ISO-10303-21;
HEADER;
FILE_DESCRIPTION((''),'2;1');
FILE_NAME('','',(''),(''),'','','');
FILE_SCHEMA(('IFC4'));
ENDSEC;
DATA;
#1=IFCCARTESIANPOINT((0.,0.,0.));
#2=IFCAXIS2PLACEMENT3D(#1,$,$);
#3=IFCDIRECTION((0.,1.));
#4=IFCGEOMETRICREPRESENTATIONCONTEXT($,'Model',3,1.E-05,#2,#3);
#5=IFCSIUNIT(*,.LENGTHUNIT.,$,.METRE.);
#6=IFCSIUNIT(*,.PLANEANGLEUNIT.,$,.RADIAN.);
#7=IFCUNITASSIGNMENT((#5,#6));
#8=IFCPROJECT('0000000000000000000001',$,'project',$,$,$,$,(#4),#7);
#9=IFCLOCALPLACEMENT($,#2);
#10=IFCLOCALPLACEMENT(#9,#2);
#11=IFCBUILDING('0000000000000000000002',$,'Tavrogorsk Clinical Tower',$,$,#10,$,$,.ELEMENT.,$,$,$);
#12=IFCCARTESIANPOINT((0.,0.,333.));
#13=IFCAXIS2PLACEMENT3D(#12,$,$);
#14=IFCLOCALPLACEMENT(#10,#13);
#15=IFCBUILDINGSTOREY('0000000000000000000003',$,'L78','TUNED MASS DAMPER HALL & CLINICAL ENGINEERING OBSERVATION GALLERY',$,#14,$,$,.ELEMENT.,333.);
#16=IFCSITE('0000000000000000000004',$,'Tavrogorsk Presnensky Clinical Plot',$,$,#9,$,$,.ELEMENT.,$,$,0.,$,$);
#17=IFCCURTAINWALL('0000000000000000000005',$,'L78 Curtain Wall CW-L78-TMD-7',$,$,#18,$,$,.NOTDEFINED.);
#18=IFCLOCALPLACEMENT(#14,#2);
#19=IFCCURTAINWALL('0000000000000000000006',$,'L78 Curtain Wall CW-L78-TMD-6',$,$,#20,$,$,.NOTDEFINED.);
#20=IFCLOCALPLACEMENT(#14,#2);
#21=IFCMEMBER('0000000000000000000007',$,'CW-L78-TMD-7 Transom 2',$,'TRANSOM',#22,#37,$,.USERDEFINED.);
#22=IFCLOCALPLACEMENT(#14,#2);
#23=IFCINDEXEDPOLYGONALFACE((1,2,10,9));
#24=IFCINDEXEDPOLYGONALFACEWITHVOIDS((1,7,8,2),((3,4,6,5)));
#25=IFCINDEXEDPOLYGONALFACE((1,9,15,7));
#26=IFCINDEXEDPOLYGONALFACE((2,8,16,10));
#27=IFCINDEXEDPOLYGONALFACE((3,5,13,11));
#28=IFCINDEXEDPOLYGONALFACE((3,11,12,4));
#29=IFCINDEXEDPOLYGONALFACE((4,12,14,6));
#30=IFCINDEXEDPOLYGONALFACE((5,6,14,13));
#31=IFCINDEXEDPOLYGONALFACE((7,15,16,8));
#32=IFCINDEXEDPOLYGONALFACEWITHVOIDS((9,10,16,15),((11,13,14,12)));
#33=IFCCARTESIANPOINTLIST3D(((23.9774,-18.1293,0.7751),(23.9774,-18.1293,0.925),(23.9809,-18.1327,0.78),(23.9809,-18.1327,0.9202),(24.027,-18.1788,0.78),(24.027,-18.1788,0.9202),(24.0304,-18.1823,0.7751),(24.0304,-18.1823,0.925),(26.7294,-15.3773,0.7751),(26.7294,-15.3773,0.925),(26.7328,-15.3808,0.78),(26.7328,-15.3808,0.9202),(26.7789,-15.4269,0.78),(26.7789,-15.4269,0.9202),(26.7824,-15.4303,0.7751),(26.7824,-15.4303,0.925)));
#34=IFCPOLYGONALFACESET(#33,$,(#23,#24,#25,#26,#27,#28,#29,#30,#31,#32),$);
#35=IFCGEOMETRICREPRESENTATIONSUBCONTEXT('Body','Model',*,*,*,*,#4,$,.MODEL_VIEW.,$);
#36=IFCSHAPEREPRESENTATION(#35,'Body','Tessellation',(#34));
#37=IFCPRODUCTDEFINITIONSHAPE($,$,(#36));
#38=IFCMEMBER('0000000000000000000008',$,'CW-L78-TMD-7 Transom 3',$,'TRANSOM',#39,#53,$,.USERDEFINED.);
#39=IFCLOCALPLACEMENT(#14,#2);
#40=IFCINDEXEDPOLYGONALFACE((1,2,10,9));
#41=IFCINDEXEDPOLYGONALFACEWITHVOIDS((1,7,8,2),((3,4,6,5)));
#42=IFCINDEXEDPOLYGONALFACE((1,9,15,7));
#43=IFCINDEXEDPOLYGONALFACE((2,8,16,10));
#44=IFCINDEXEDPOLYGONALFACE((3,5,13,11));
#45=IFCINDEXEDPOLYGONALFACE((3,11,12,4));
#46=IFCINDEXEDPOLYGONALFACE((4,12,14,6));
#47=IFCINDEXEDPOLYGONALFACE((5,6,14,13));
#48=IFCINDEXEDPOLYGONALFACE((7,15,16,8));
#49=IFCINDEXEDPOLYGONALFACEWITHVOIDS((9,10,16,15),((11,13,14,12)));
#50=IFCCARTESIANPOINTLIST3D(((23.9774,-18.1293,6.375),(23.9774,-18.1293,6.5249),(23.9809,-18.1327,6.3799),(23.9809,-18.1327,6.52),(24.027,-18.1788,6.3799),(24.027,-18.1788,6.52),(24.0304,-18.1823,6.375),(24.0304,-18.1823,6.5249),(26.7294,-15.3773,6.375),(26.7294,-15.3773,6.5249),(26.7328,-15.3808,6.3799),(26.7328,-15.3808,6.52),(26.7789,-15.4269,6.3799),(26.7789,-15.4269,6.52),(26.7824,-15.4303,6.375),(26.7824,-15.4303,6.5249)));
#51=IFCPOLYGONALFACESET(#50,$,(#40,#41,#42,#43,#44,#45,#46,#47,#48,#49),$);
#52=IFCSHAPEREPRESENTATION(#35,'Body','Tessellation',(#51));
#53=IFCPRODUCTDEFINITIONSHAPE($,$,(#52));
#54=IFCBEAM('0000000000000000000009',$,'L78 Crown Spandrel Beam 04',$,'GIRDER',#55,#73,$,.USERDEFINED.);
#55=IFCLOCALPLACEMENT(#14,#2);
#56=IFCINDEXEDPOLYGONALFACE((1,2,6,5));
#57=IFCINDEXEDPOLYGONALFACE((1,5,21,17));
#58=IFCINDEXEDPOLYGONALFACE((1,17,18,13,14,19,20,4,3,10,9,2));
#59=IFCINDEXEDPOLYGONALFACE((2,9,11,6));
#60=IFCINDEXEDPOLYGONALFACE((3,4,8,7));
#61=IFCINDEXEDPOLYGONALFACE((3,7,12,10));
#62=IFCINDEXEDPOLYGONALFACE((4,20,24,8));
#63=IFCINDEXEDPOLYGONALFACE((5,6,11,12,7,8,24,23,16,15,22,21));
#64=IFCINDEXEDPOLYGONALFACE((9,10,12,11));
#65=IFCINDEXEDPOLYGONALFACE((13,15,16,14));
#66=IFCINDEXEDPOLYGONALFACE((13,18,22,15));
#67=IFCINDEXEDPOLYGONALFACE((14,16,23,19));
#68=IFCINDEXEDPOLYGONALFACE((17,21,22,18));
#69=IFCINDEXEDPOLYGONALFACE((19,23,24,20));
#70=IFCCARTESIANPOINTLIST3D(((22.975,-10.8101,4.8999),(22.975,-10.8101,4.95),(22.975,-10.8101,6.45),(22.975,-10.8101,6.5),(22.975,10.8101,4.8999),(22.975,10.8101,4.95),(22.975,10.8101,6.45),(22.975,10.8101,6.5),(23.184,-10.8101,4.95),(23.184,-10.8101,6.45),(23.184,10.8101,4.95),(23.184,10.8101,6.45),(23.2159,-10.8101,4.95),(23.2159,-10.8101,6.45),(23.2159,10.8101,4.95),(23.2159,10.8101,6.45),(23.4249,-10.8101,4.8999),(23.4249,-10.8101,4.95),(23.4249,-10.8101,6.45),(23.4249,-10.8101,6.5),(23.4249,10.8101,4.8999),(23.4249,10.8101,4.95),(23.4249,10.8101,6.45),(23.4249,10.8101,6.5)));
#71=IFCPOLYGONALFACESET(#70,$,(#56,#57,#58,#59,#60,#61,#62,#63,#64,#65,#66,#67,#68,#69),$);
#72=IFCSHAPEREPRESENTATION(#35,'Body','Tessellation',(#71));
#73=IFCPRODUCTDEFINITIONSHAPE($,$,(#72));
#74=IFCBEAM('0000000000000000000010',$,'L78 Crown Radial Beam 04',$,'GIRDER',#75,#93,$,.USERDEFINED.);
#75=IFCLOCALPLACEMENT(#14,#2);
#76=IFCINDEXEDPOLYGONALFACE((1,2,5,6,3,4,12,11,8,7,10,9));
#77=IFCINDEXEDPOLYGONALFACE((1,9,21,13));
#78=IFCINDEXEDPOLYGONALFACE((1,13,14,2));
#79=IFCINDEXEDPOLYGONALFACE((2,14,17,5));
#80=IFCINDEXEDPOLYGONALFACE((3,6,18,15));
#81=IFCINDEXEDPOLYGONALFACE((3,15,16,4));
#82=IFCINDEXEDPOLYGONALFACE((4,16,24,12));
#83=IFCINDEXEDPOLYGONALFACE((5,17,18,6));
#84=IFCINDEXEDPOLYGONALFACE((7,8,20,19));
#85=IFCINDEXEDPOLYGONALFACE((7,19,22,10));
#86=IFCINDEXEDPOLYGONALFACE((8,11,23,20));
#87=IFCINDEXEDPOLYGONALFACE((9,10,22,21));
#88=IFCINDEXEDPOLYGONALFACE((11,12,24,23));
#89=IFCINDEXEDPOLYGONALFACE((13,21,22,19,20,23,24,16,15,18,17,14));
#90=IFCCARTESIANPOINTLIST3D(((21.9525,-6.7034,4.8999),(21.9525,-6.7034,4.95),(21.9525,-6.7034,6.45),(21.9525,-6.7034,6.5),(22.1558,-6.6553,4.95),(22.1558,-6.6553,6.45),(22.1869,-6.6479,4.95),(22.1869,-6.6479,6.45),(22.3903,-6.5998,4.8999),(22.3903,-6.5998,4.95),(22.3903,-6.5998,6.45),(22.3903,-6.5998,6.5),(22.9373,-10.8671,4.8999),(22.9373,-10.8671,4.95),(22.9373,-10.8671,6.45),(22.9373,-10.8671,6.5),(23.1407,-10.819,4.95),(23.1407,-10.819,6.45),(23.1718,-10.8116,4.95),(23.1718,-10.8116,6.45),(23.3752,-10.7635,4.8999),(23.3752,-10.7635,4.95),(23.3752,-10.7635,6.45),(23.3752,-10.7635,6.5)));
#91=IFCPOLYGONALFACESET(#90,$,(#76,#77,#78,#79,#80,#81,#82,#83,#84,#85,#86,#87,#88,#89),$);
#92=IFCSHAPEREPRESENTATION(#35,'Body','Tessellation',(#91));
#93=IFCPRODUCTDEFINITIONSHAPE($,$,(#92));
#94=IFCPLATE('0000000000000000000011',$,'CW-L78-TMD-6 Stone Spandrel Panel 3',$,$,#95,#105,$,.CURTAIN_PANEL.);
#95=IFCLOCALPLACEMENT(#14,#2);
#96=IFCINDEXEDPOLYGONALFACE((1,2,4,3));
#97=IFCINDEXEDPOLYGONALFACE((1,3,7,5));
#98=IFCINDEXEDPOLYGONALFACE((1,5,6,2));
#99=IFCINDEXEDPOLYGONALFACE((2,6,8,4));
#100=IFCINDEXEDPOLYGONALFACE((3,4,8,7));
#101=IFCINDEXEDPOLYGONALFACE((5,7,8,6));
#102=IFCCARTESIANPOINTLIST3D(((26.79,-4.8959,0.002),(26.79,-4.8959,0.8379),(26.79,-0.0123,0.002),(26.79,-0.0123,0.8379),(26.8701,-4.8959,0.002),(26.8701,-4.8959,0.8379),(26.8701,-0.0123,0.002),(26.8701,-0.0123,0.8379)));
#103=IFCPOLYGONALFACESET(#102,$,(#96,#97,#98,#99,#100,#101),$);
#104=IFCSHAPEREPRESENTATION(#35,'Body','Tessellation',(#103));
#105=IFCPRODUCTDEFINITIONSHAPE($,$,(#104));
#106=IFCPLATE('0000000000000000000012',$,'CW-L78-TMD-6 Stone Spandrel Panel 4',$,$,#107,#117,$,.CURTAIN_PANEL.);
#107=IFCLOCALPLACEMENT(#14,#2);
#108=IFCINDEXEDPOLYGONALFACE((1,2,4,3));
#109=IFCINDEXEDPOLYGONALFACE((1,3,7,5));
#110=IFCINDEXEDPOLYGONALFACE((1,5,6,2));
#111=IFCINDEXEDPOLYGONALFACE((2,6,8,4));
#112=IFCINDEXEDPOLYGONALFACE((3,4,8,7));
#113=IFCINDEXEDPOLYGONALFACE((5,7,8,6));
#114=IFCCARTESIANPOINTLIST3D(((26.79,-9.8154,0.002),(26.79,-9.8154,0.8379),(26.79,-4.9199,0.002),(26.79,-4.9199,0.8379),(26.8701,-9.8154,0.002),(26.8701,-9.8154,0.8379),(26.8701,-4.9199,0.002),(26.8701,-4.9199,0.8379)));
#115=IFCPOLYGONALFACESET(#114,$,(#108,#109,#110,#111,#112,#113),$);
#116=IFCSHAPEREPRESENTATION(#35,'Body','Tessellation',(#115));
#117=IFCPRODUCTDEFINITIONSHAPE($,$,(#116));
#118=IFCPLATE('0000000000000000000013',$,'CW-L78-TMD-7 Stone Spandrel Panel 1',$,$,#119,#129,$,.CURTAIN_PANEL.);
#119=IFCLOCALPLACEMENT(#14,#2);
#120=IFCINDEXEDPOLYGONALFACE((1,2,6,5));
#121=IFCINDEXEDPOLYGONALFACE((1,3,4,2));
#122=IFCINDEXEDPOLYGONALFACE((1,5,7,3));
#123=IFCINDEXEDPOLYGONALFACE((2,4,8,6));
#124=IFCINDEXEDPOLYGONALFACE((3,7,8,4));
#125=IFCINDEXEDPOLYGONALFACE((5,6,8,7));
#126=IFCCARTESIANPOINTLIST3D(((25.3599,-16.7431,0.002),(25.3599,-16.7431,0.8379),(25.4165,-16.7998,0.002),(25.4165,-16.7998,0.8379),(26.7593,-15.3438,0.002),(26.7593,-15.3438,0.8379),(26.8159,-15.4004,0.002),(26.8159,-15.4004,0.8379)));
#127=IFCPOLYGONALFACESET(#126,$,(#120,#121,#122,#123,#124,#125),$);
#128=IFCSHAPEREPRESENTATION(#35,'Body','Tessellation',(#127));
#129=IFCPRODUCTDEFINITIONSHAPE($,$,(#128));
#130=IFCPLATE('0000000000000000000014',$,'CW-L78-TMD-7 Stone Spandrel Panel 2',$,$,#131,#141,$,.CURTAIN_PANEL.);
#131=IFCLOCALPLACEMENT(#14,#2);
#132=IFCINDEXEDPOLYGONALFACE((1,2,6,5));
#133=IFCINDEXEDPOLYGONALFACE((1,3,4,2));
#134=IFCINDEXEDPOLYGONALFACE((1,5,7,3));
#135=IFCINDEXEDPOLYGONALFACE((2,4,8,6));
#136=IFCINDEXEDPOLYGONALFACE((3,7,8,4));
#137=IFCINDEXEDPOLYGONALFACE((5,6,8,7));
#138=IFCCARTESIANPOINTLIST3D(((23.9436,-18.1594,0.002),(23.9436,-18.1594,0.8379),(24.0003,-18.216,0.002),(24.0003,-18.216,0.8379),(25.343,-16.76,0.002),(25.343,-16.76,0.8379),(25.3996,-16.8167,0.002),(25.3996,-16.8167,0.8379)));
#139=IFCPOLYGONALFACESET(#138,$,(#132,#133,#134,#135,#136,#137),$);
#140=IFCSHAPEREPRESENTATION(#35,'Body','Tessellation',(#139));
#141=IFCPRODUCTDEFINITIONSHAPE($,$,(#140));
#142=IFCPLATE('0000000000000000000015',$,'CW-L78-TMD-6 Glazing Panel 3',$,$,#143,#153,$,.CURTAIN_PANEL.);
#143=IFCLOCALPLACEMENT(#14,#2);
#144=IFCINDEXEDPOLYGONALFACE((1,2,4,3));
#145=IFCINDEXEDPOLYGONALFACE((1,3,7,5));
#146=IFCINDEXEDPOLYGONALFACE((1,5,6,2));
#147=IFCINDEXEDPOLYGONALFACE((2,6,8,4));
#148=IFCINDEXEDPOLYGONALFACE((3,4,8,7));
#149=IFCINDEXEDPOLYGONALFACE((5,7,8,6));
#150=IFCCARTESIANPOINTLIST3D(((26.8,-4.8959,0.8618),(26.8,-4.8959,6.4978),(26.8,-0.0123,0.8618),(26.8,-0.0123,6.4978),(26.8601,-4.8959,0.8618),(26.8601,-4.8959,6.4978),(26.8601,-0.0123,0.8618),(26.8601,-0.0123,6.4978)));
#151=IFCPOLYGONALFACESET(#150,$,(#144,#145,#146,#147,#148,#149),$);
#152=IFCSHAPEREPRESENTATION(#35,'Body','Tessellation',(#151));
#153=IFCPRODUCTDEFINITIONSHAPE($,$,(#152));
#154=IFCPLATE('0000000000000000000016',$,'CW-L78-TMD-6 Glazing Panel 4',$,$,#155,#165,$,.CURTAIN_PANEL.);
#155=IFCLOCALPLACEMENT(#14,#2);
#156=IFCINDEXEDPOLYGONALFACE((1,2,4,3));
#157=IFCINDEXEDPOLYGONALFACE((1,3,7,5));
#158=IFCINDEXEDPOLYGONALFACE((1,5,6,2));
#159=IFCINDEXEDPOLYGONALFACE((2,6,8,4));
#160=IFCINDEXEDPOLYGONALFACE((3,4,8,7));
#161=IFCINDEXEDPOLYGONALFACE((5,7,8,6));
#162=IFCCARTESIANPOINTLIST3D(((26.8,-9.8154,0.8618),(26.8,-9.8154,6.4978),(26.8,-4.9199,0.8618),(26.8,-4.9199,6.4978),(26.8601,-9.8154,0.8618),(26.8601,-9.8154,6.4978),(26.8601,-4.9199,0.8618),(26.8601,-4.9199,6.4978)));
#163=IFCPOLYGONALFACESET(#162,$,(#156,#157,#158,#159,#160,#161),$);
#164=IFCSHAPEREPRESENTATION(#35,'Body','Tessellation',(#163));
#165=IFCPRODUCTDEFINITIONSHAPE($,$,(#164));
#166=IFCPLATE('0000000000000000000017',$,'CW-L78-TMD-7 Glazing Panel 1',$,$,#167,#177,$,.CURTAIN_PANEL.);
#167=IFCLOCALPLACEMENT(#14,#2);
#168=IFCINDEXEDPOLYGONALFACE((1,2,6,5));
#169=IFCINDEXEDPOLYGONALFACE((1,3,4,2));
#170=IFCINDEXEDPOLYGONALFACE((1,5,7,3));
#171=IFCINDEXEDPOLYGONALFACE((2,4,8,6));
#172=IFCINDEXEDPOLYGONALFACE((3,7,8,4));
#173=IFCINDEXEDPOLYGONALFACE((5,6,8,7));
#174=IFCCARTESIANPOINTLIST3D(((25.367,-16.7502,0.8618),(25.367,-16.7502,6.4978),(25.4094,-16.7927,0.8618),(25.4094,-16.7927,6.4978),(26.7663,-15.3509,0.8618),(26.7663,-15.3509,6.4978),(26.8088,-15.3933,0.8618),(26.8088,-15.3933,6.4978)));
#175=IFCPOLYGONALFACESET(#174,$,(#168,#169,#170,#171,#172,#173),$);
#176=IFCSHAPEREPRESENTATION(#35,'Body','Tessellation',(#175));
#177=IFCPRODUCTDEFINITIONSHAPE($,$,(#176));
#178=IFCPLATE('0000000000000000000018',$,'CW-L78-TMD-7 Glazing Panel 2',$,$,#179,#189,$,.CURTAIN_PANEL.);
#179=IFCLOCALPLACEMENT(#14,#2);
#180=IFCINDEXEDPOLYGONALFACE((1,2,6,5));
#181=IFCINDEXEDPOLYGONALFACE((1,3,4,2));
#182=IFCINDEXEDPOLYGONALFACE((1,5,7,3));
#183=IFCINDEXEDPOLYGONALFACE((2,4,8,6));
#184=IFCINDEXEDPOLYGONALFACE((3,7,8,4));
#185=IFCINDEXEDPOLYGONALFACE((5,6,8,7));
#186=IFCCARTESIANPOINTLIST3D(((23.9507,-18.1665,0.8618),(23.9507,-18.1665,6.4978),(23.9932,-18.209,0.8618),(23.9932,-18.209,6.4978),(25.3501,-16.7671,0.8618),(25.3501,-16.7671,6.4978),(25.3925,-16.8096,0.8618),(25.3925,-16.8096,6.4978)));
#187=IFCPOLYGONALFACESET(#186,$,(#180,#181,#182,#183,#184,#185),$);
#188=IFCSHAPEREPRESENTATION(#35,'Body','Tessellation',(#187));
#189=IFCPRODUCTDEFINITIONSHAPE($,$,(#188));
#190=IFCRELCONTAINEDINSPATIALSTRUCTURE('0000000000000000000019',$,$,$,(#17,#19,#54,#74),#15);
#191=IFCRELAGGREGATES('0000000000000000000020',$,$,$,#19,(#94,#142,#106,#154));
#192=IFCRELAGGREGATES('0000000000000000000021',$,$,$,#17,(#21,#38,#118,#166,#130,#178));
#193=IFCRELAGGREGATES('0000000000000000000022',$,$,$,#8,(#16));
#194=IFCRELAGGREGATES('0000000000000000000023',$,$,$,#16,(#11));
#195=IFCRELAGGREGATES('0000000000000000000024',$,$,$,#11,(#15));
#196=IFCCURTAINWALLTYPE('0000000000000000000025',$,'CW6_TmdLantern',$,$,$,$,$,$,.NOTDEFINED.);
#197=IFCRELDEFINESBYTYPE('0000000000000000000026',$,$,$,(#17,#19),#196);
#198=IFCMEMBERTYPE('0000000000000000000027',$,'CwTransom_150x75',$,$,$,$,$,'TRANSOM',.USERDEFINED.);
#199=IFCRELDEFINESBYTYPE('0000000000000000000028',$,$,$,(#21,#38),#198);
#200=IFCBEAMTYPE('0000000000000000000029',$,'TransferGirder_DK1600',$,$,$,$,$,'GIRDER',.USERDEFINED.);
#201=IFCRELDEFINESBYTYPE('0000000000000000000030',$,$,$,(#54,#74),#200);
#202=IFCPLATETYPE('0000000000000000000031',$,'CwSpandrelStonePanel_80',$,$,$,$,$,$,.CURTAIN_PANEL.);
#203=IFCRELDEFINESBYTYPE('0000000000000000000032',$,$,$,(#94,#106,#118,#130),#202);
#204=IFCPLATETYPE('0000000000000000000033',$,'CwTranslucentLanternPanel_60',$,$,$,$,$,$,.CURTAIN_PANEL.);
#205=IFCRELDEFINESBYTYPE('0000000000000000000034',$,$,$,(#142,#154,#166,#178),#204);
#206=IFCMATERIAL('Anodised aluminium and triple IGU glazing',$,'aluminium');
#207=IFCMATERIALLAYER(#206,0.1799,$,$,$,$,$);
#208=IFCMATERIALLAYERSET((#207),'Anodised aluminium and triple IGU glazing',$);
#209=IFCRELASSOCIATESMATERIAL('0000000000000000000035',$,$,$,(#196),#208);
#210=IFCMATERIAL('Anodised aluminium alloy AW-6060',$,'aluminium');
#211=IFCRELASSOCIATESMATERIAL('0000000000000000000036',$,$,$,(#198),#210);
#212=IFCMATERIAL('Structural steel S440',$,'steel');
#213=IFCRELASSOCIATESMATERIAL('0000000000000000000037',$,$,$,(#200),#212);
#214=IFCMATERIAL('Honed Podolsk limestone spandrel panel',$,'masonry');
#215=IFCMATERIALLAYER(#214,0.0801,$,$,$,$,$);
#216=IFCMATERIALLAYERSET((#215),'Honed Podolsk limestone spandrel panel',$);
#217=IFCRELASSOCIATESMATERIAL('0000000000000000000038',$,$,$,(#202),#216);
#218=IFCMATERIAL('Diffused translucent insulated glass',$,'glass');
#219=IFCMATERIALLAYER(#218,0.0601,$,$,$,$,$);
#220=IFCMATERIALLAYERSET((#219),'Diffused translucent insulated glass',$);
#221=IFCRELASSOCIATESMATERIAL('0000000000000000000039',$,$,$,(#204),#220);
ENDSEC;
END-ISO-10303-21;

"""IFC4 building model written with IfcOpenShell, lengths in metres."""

from ifc_helpers import new_model, si_unit, direction, frame, origin, origin_2d, place, context, subcontext, project, spatial, rectangle, hollow_rectangle, i_section, extrude, material, layer, layer_set, material_profile, profile_set, type_object, element, aggregate, save


model = new_model("IFC4")

# Units and contexts
model_context = context("Model", 3, precision=1e-05, world=origin(), true_north=direction((0.0, 1.0)))
body_context = subcontext(model_context, "Body", "Model", "MODEL_VIEW")
ifc_project = project(units=[si_unit("LENGTHUNIT", "METRE"), si_unit("PLANEANGLEUNIT", "RADIAN")], contexts=[model_context])

# Site, building, storey
site_placement = place(None, origin())
site = spatial("IfcSite", under=ifc_project, at=site_placement, Name="Tavrogorsk Presnensky Clinical Plot", CompositionType="ELEMENT", RefElevation=0.0)
building_placement = place(site_placement, origin())
building = spatial("IfcBuilding", under=site, at=building_placement, Name="Tavrogorsk Clinical Tower", CompositionType="ELEMENT")
storey_placement = place(building_placement, frame((0.0, 0.0, 333.0)))
storey = spatial("IfcBuildingStorey", under=building, at=storey_placement, Name="L78", Description="TUNED MASS DAMPER HALL & CLINICAL ENGINEERING OBSERVATION GALLERY", CompositionType="ELEMENT", Elevation=333.0)

# Curtain walls
ifc_material_1 = material(Name="Anodised aluminium and triple IGU glazing", Category="aluminium")
ifc_layer_1 = layer(ifc_material_1, 0.1799)
ifc_layer_set_1 = layer_set([ifc_layer_1], Name="Anodised aluminium and triple IGU glazing")
curtain_wall_type = type_object("IfcCurtainWallType", Name="CW6_TmdLantern", PredefinedType="NOTDEFINED", material=ifc_layer_set_1)
curtain_wall_1_placement = place(storey_placement, origin())
curtain_wall_1 = element("IfcCurtainWall", 1, at=curtain_wall_1_placement, inside=storey, type_object=curtain_wall_type, Name="L78 Curtain Wall CW-L78-TMD-7", PredefinedType="NOTDEFINED")
curtain_wall_2_placement = place(storey_placement, origin())
curtain_wall_2 = element("IfcCurtainWall", 2, at=curtain_wall_2_placement, inside=storey, type_object=curtain_wall_type, Name="L78 Curtain Wall CW-L78-TMD-6", PredefinedType="NOTDEFINED")

# Members
ifc_material_2 = material(Name="Anodised aluminium alloy AW-6060", Category="aluminium")
ifc_material_profile_1 = material_profile(ifc_material_2, hollow_rectangle(XDim=0.075, YDim=0.1499, WallThickness=0.0049, at=origin_2d()), Name="RHS-150x75x5")
ifc_profile_set_1 = profile_set([ifc_material_profile_1], Name="Anodised aluminium alloy AW-6060")
member_type_1 = type_object("IfcMemberType", Name="CwTransom_150x75", ElementType="TRANSOM", PredefinedType="USERDEFINED", material=ifc_profile_set_1)
member_1_placement = place(storey_placement, frame((26.7559, -15.4038, 0.8501), z_axis=(-0.707107, -0.707107, 0.0), x_axis=(0.707107, -0.707107, 0.0)))
member_1 = element("IfcMember", 3, at=member_1_placement, type_object=member_type_1, Name="CW-L78-TMD-7 Transom 2", ObjectType="TRANSOM", PredefinedType="USERDEFINED", context=body_context, shape_type="SweptSolid", body=[
    extrude(hollow_rectangle(XDim=0.075, YDim=0.1499, WallThickness=0.0049, at=origin_2d()), origin(), (0.0, 0.0, 1.0), 3.8918),
])
member_2_placement = place(storey_placement, frame((26.7559, -15.4038, 6.45), z_axis=(-0.707107, -0.707107, 0.0), x_axis=(0.707107, -0.707107, 0.0)))
member_2 = element("IfcMember", 4, at=member_2_placement, type_object=member_type_1, Name="CW-L78-TMD-7 Transom 3", ObjectType="TRANSOM", PredefinedType="USERDEFINED", context=body_context, shape_type="SweptSolid", body=[
    extrude(hollow_rectangle(XDim=0.075, YDim=0.1499, WallThickness=0.0049, at=origin_2d()), origin(), (0.0, 0.0, 1.0), 3.8918),
])

# Beams
ifc_material_3 = material(Name="Structural steel S440", Category="steel")
ifc_material_profile_2 = material_profile(ifc_material_3, i_section(OverallWidth=0.45, OverallDepth=1.6001, WebThickness=0.032, FlangeThickness=0.05, at=origin_2d()), Name="DK-1600x450x32x50")
ifc_profile_set_2 = profile_set([ifc_material_profile_2], Name="Structural steel S440")
beam_type = type_object("IfcBeamType", Name="TransferGirder_DK1600", ElementType="GIRDER", PredefinedType="USERDEFINED", material=ifc_profile_set_2)
beam_1_placement = place(storey_placement, frame((23.2, -10.8101, 5.7), z_axis=(0.0, 1.0, 0.0), x_axis=(-1.0, 0.0, 0.0)))
element("IfcBeam", 5, at=beam_1_placement, inside=storey, type_object=beam_type, Name="L78 Crown Spandrel Beam 04", ObjectType="GIRDER", PredefinedType="USERDEFINED", context=body_context, shape_type="SweptSolid", body=[
    extrude(i_section(OverallWidth=0.45, OverallDepth=1.6001, WebThickness=0.032, FlangeThickness=0.05, at=origin_2d()), origin(), (0.0, 0.0, 1.0), 21.6201),
])
beam_2_placement = place(storey_placement, frame((22.1714, -6.6516, 5.7), z_axis=(0.230191, -0.973146, 0.0), x_axis=(0.973146, 0.230191, 0.0)))
element("IfcBeam", 6, at=beam_2_placement, inside=storey, type_object=beam_type, Name="L78 Crown Radial Beam 04", ObjectType="GIRDER", PredefinedType="USERDEFINED", context=body_context, shape_type="SweptSolid", body=[
    extrude(i_section(OverallWidth=0.45, OverallDepth=1.6001, WebThickness=0.032, FlangeThickness=0.05, at=origin_2d()), origin(), (0.0, 0.0, 1.0), 4.2786),
])

# Plates
ifc_material_4 = material(Name="Honed Podolsk limestone spandrel panel", Category="masonry")
ifc_layer_2 = layer(ifc_material_4, 0.0801)
ifc_layer_set_2 = layer_set([ifc_layer_2], Name="Honed Podolsk limestone spandrel panel")
plate_type_1 = type_object("IfcPlateType", Name="CwSpandrelStonePanel_80", PredefinedType="CURTAIN_PANEL", material=ifc_layer_set_2)
plate_1_placement = place(storey_placement, frame((26.8301, -2.4541, 0.002), z_axis=(0.0, 0.0, 1.0), x_axis=(0.0, -1.0, 0.0)))
plate_1 = element("IfcPlate", 7, at=plate_1_placement, type_object=plate_type_1, Name="CW-L78-TMD-6 Stone Spandrel Panel 3", PredefinedType="CURTAIN_PANEL", context=body_context, shape_type="SweptSolid", body=[
    extrude(rectangle(XDim=4.8835, YDim=0.0801, at=origin_2d()), origin(), (0.0, 0.0, 1.0), 0.8359),
])
plate_2_placement = place(storey_placement, frame((26.8301, -7.3677, 0.002), z_axis=(0.0, 0.0, 1.0), x_axis=(0.0, -1.0, 0.0)))
plate_2 = element("IfcPlate", 8, at=plate_2_placement, type_object=plate_type_1, Name="CW-L78-TMD-6 Stone Spandrel Panel 4", PredefinedType="CURTAIN_PANEL", context=body_context, shape_type="SweptSolid", body=[
    extrude(rectangle(XDim=4.8955, YDim=0.0801, at=origin_2d()), origin(), (0.0, 0.0, 1.0), 0.8359),
])
plate_3_placement = place(storey_placement, frame((26.0879, -16.0718, 0.002), z_axis=(0.0, 0.0, 1.0), x_axis=(-0.707107, -0.707107, 0.0)))
plate_3 = element("IfcPlate", 9, at=plate_3_placement, type_object=plate_type_1, Name="CW-L78-TMD-7 Stone Spandrel Panel 1", PredefinedType="CURTAIN_PANEL", context=body_context, shape_type="SweptSolid", body=[
    extrude(rectangle(XDim=1.979, YDim=0.0801, at=origin_2d()), origin(), (0.0, 0.0, 1.0), 0.8359),
])
plate_4_placement = place(storey_placement, frame((24.6716, -17.488, 0.002), z_axis=(0.0, 0.0, 1.0), x_axis=(-0.707107, -0.707107, 0.0)))
plate_4 = element("IfcPlate", 10, at=plate_4_placement, type_object=plate_type_1, Name="CW-L78-TMD-7 Stone Spandrel Panel 2", PredefinedType="CURTAIN_PANEL", context=body_context, shape_type="SweptSolid", body=[
    extrude(rectangle(XDim=1.979, YDim=0.0801, at=origin_2d()), origin(), (0.0, 0.0, 1.0), 0.8359),
])
ifc_material_5 = material(Name="Diffused translucent insulated glass", Category="glass")
ifc_layer_3 = layer(ifc_material_5, 0.0601)
ifc_layer_set_3 = layer_set([ifc_layer_3], Name="Diffused translucent insulated glass")
plate_type_2 = type_object("IfcPlateType", Name="CwTranslucentLanternPanel_60", PredefinedType="CURTAIN_PANEL", material=ifc_layer_set_3)
plate_5_placement = place(storey_placement, frame((26.8301, -2.4541, 0.8618), z_axis=(0.0, 0.0, 1.0), x_axis=(0.0, -1.0, 0.0)))
plate_5 = element("IfcPlate", 11, at=plate_5_placement, type_object=plate_type_2, Name="CW-L78-TMD-6 Glazing Panel 3", PredefinedType="CURTAIN_PANEL", context=body_context, shape_type="SweptSolid", body=[
    extrude(rectangle(XDim=4.8835, YDim=0.0601, at=origin_2d()), origin(), (0.0, 0.0, 1.0), 5.636),
])
plate_6_placement = place(storey_placement, frame((26.8301, -7.3677, 0.8618), z_axis=(0.0, 0.0, 1.0), x_axis=(0.0, -1.0, 0.0)))
plate_6 = element("IfcPlate", 12, at=plate_6_placement, type_object=plate_type_2, Name="CW-L78-TMD-6 Glazing Panel 4", PredefinedType="CURTAIN_PANEL", context=body_context, shape_type="SweptSolid", body=[
    extrude(rectangle(XDim=4.8955, YDim=0.0601, at=origin_2d()), origin(), (0.0, 0.0, 1.0), 5.636),
])
aggregate(curtain_wall_2, [plate_1, plate_5, plate_2, plate_6])
plate_7_placement = place(storey_placement, frame((26.0879, -16.0718, 0.8618), z_axis=(0.0, 0.0, 1.0), x_axis=(-0.707107, -0.707107, 0.0)))
plate_7 = element("IfcPlate", 13, at=plate_7_placement, type_object=plate_type_2, Name="CW-L78-TMD-7 Glazing Panel 1", PredefinedType="CURTAIN_PANEL", context=body_context, shape_type="SweptSolid", body=[
    extrude(rectangle(XDim=1.979, YDim=0.0601, at=origin_2d()), origin(), (0.0, 0.0, 1.0), 5.636),
])
plate_8_placement = place(storey_placement, frame((24.6716, -17.488, 0.8618), z_axis=(0.0, 0.0, 1.0), x_axis=(-0.707107, -0.707107, 0.0)))
plate_8 = element("IfcPlate", 14, at=plate_8_placement, type_object=plate_type_2, Name="CW-L78-TMD-7 Glazing Panel 2", PredefinedType="CURTAIN_PANEL", context=body_context, shape_type="SweptSolid", body=[
    extrude(rectangle(XDim=1.979, YDim=0.0601, at=origin_2d()), origin(), (0.0, 0.0, 1.0), 5.636),
])
aggregate(curtain_wall_1, [member_1, member_2, plate_3, plate_7, plate_4, plate_8])

save(model, "model.ifc")
